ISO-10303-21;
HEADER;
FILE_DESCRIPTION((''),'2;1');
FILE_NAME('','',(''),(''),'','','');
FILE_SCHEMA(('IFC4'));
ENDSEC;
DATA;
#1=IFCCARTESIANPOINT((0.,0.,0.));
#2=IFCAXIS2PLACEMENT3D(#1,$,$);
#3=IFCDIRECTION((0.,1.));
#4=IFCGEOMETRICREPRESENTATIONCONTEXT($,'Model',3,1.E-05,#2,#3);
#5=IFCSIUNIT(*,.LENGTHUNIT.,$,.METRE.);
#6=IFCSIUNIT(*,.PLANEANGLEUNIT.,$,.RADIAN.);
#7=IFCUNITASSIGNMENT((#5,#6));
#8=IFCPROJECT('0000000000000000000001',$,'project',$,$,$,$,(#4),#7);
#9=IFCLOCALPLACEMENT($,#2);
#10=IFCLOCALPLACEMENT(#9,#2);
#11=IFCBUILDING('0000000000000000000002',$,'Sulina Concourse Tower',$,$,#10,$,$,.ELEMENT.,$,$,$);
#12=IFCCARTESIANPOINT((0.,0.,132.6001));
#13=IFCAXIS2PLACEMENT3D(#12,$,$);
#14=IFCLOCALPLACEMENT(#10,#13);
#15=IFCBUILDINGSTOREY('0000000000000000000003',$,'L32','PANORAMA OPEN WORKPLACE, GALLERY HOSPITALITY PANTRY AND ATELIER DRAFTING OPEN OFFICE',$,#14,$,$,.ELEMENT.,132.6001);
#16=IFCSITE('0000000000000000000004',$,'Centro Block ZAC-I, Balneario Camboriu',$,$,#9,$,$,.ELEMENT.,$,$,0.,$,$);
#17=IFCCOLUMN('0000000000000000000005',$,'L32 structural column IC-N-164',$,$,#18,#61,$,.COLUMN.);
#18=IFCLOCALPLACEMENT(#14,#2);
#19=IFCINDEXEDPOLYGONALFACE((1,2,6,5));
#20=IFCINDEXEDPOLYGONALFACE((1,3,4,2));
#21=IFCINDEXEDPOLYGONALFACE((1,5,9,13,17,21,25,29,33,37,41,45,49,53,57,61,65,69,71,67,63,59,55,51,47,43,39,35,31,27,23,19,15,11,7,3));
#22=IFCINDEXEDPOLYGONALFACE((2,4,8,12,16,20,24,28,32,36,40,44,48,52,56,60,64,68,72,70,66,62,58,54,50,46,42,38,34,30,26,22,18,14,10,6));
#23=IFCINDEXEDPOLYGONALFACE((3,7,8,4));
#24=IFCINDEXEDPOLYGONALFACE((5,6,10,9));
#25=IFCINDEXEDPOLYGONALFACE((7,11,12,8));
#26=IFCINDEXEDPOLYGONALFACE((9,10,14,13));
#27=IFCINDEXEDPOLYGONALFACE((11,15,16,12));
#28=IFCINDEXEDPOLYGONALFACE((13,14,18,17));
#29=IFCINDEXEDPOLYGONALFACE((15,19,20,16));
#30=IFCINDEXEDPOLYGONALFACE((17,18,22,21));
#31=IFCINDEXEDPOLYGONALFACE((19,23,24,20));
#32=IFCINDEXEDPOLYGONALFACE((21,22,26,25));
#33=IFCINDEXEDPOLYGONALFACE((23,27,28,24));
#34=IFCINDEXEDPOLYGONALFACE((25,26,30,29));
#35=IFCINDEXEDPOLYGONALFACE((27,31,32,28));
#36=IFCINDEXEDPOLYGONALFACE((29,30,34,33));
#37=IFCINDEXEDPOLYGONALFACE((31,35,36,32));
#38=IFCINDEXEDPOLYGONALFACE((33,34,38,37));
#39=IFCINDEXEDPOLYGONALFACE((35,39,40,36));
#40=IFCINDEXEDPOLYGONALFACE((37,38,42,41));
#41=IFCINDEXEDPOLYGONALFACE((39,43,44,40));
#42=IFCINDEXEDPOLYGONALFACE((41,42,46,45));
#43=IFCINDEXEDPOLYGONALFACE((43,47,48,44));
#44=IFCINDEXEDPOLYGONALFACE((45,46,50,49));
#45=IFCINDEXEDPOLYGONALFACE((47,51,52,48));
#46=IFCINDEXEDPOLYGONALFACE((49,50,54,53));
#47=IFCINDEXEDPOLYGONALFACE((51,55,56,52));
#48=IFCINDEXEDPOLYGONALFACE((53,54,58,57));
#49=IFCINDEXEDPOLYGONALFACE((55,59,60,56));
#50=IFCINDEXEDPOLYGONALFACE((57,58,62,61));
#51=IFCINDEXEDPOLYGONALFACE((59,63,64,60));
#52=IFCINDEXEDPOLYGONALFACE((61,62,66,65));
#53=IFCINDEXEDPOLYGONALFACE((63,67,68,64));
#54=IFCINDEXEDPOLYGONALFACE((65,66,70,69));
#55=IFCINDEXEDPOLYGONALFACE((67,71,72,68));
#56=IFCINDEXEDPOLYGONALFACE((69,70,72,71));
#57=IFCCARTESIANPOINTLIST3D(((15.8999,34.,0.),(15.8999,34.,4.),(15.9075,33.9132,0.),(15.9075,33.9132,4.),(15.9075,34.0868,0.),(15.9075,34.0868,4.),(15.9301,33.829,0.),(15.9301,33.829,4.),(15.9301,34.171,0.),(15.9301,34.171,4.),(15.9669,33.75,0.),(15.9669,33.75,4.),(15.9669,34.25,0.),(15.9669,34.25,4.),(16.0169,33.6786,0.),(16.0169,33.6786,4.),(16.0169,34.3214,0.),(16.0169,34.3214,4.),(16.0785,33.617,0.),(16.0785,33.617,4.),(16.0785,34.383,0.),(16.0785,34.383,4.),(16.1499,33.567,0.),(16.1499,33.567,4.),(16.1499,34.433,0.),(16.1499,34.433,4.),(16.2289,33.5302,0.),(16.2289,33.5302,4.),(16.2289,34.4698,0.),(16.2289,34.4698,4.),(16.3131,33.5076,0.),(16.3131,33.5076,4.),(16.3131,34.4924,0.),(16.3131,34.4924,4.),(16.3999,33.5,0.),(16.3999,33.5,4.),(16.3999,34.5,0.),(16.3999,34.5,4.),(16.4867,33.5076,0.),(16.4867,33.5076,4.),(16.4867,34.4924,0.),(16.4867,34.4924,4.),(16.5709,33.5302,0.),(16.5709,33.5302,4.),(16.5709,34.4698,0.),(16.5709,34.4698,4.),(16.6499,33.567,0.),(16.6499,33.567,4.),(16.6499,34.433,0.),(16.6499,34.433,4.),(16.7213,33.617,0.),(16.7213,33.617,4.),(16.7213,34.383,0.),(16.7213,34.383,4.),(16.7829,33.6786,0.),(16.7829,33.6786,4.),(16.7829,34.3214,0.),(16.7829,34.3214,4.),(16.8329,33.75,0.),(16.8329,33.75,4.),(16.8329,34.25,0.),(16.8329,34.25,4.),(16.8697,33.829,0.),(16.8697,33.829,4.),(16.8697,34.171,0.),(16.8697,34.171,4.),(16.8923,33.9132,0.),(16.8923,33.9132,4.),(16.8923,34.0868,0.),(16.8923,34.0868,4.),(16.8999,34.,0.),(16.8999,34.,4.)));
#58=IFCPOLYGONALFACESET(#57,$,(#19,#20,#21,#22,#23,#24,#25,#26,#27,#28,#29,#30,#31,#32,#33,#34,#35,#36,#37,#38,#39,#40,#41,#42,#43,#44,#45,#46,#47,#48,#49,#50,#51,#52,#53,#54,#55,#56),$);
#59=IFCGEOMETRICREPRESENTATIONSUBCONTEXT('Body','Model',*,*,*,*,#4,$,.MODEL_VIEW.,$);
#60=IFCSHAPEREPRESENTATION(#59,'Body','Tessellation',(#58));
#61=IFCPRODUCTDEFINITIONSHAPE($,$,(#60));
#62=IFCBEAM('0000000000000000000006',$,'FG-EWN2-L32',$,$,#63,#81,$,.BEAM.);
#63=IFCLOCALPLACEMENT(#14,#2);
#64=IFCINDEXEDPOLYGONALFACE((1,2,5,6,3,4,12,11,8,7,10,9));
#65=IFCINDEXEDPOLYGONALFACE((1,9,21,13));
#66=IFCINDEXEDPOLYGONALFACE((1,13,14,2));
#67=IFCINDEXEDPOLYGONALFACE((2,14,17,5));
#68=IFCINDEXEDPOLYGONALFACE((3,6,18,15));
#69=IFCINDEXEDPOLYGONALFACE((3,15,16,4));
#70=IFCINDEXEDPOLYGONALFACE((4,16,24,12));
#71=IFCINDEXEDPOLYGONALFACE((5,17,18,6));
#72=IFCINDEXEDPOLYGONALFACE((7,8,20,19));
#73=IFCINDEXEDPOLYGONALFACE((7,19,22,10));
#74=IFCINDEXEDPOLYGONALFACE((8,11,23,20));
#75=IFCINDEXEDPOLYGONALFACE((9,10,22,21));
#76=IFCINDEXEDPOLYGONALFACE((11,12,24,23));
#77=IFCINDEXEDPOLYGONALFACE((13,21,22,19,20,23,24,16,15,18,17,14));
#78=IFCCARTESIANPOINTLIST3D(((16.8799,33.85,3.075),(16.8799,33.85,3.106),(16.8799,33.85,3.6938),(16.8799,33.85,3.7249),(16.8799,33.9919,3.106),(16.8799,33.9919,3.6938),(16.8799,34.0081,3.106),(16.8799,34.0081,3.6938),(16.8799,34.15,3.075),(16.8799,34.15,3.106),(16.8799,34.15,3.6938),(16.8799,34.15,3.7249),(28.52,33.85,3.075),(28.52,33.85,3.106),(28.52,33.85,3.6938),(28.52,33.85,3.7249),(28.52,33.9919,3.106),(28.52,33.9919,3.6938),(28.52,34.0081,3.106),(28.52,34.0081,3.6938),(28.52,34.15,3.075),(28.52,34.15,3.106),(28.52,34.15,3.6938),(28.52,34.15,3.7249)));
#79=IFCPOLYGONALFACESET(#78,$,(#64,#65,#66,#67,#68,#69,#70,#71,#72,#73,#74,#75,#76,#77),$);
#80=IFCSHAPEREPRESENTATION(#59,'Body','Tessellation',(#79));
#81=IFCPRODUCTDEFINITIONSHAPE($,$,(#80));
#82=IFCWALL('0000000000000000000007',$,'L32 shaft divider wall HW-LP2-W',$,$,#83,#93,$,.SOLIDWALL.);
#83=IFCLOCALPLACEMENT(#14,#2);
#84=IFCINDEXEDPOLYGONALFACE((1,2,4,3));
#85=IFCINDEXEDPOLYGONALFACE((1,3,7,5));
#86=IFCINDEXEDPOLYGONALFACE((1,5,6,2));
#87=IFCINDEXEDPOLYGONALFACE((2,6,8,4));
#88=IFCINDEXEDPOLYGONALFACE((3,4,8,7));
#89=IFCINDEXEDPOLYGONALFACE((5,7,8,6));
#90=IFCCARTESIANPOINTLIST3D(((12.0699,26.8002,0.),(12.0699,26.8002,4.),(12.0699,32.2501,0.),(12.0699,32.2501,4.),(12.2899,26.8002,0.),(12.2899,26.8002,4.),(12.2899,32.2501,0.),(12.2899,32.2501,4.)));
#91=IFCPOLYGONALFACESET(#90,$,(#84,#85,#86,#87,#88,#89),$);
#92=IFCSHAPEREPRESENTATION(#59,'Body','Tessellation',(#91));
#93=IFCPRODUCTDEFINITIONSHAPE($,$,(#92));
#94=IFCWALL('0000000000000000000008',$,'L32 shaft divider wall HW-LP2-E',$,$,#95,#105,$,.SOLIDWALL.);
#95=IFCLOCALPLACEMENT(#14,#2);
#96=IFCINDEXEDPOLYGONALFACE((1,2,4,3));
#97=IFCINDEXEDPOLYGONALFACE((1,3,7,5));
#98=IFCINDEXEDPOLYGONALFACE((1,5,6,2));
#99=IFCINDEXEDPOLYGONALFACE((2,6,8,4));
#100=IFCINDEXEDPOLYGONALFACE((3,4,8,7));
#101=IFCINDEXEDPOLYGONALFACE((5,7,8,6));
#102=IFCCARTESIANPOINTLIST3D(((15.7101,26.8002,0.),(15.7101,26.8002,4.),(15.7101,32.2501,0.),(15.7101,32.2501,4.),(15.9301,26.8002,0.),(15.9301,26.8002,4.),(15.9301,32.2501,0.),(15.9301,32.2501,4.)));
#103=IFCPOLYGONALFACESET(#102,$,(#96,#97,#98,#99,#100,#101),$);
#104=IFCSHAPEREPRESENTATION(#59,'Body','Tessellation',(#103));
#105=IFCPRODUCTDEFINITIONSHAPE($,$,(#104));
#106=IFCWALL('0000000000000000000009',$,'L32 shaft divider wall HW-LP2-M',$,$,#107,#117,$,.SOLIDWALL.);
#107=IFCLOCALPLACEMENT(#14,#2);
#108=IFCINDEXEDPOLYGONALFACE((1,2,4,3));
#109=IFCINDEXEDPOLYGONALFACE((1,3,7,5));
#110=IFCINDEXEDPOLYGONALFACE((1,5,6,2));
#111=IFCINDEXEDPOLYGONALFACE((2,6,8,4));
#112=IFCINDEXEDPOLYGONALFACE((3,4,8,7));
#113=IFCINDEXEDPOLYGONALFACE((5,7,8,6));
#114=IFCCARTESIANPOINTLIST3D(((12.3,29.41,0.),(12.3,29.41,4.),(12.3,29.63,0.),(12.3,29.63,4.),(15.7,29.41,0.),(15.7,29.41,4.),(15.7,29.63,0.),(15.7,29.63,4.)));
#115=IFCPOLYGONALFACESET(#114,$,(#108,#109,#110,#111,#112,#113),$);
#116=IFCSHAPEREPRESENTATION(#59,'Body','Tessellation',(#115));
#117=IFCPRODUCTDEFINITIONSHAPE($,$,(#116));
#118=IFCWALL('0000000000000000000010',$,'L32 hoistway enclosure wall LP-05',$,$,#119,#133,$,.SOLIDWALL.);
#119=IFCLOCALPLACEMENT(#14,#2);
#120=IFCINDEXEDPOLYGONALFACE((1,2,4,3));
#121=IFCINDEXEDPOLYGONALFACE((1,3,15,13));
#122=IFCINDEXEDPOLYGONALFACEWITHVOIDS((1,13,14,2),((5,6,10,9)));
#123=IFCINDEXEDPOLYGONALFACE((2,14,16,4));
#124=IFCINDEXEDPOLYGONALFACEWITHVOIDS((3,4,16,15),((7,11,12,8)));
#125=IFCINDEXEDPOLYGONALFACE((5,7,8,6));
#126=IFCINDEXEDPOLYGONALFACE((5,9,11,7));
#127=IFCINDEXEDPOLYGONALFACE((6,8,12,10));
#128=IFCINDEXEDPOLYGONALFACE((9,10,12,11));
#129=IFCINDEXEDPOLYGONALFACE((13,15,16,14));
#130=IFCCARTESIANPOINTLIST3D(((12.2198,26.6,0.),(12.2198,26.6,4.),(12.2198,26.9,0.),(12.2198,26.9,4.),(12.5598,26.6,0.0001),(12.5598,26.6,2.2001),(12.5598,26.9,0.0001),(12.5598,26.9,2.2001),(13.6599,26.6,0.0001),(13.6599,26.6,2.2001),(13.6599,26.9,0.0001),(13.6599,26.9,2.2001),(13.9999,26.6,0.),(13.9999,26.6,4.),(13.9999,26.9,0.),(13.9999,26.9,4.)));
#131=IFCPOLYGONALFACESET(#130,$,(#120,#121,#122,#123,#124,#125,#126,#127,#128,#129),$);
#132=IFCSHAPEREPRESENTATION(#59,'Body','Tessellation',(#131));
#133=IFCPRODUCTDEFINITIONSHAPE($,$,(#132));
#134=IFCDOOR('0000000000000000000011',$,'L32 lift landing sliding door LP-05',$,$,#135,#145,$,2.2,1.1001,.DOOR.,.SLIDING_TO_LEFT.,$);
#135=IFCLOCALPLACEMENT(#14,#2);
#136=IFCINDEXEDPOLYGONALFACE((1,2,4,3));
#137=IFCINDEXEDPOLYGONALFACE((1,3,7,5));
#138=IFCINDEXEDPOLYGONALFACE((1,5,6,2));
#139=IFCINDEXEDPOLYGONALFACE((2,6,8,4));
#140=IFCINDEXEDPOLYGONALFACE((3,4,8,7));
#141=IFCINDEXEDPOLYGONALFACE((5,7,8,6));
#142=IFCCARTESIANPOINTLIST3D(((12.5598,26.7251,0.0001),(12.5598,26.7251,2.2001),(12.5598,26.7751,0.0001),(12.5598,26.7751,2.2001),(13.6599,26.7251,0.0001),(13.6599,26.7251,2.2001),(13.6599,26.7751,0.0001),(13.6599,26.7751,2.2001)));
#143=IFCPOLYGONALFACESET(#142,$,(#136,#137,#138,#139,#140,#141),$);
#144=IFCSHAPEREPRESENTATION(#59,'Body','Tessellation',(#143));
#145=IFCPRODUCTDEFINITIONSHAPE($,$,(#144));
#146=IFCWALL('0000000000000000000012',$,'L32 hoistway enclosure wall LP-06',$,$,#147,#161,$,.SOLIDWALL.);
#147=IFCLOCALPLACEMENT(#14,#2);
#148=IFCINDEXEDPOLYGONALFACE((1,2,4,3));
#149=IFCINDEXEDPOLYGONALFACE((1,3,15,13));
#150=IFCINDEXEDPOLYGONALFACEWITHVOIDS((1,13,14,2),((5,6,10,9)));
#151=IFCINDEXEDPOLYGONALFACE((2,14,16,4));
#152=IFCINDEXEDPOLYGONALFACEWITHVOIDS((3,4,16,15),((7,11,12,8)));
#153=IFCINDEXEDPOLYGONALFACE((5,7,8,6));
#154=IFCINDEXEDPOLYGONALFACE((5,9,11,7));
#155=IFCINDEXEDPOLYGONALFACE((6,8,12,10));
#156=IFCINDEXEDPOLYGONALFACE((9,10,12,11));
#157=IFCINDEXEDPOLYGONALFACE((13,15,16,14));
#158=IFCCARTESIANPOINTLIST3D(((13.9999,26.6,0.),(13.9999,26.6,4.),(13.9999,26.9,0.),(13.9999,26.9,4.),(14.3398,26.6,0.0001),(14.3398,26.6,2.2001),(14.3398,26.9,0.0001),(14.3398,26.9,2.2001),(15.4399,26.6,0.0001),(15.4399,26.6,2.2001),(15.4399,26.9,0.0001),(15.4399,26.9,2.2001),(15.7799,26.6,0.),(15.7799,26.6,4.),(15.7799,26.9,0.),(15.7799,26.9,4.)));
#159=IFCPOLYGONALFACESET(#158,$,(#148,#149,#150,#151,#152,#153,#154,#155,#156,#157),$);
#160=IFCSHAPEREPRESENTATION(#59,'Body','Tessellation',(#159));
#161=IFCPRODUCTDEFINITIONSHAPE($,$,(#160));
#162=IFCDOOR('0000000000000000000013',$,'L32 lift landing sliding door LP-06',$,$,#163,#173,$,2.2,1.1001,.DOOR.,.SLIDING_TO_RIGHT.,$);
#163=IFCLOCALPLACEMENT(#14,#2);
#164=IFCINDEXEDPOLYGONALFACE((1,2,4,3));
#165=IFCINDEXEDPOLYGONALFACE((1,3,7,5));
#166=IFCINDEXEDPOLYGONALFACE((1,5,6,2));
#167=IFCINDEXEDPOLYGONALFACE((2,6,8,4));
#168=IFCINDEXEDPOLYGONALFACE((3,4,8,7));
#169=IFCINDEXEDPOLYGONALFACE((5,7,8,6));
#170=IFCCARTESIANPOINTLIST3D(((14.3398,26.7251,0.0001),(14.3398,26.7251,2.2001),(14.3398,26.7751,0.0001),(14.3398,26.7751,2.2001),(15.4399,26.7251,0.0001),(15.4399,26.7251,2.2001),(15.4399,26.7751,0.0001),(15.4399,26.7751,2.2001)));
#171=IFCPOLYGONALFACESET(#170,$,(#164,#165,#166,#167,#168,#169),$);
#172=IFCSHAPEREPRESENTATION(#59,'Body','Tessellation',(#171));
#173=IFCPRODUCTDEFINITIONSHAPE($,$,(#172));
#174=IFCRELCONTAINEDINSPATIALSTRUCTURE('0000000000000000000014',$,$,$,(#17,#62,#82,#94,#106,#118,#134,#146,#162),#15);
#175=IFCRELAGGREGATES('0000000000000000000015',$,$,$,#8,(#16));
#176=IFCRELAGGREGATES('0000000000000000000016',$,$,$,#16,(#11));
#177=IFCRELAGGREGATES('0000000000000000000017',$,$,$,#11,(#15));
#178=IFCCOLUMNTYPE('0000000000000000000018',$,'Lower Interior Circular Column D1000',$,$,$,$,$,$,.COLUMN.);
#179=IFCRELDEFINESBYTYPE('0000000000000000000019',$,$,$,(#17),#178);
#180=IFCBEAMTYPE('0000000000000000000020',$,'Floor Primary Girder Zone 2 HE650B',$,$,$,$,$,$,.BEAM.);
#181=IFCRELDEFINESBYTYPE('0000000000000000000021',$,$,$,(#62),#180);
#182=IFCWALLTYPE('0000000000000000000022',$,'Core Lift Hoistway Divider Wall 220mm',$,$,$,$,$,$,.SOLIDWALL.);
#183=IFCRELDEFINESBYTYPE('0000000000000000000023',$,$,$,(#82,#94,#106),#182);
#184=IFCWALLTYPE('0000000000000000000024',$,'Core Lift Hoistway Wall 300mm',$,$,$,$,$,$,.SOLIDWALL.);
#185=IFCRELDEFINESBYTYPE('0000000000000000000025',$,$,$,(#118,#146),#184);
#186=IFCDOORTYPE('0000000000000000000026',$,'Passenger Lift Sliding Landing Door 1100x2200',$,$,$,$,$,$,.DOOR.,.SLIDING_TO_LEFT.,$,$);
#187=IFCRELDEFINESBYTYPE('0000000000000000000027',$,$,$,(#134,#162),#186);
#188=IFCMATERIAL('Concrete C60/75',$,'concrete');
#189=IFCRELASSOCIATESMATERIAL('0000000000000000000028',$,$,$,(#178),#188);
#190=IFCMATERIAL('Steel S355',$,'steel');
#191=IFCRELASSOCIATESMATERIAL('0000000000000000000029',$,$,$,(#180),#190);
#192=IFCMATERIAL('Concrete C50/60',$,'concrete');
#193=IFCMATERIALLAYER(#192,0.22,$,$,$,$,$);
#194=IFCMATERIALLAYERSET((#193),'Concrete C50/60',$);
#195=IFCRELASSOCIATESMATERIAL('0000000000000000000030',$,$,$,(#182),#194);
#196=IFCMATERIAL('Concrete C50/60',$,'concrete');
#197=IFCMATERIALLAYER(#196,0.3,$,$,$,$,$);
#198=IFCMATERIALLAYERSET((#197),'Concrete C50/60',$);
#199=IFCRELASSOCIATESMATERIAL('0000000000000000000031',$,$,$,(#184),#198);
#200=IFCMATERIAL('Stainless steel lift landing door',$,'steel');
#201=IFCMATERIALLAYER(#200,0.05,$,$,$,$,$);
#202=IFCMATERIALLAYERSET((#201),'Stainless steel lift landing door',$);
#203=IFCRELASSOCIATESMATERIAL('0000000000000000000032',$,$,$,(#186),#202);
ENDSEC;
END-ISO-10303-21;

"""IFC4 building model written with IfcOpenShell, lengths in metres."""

from ifc_helpers import new_model, si_unit, direction, frame, frame_2d, origin, origin_2d, place, context, subcontext, project, spatial, rectangle, circle, i_section, extrude, material, layer, layer_set, material_profile, profile_set, type_object, element, fill, save


model = new_model("IFC4")

# Units and contexts
model_context = context("Model", 3, precision=1e-05, world=origin(), true_north=direction((0.0, 1.0)))
body_context = subcontext(model_context, "Body", "Model", "MODEL_VIEW")
ifc_project = project(units=[si_unit("LENGTHUNIT", "METRE"), si_unit("PLANEANGLEUNIT", "RADIAN")], contexts=[model_context])

# Site, building, storey
site_placement = place(None, origin())
site = spatial("IfcSite", under=ifc_project, at=site_placement, Name="Centro Block ZAC-I, Balneario Camboriu", CompositionType="ELEMENT", RefElevation=0.0)
building_placement = place(site_placement, origin())
building = spatial("IfcBuilding", under=site, at=building_placement, Name="Sulina Concourse Tower", CompositionType="ELEMENT")
storey_placement = place(building_placement, frame((0.0, 0.0, 132.6001)))
storey = spatial("IfcBuildingStorey", under=building, at=storey_placement, Name="L32", Description="PANORAMA OPEN WORKPLACE, GALLERY HOSPITALITY PANTRY AND ATELIER DRAFTING OPEN OFFICE", CompositionType="ELEMENT", Elevation=132.6001)

# Column
ifc_material_1 = material(Name="Concrete C60/75", Category="concrete")
ifc_material_profile_1 = material_profile(ifc_material_1, circle(Radius=0.5, at=origin_2d()), Name="RC D1000")
ifc_profile_set_1 = profile_set([ifc_material_profile_1], Name="Concrete C60/75")
column_type = type_object("IfcColumnType", Name="Lower Interior Circular Column D1000", PredefinedType="COLUMN", material=ifc_profile_set_1)
column_placement = place(storey_placement, frame((16.3999, 34.0, 0.0), z_axis=(0.0, 0.0, 1.0), x_axis=(1.0, 0.0, 0.0)))
element("IfcColumn", 1, at=column_placement, inside=storey, type_object=column_type, Name="L32 structural column IC-N-164", PredefinedType="COLUMN", context=body_context, shape_type="SweptSolid", body=[
    extrude(circle(Radius=0.5, at=origin_2d()), origin(), (0.0, 0.0, 1.0), 4.0),
])

# Beam
ifc_material_2 = material(Name="Steel S355", Category="steel")
ifc_material_profile_2 = material_profile(ifc_material_2, i_section(OverallWidth=0.3, OverallDepth=0.6499, WebThickness=0.0161, FlangeThickness=0.031, at=origin_2d()), Name="HE 650 B")
ifc_profile_set_2 = profile_set([ifc_material_profile_2], Name="Steel S355")
beam_type = type_object("IfcBeamType", Name="Floor Primary Girder Zone 2 HE650B", PredefinedType="BEAM", material=ifc_profile_set_2)
beam_placement = place(storey_placement, frame((16.8799, 34.0, 3.3999), z_axis=(1.0, 0.0, 0.0), x_axis=(0.0, 1.0, 0.0)))
element("IfcBeam", 2, at=beam_placement, inside=storey, type_object=beam_type, Name="FG-EWN2-L32", PredefinedType="BEAM", context=body_context, shape_type="SweptSolid", body=[
    extrude(i_section(OverallWidth=0.3, OverallDepth=0.6499, WebThickness=0.0161, FlangeThickness=0.031, at=origin_2d()), origin(), (0.0, 0.0, 1.0), 11.6401),
])

# Walls
ifc_material_3 = material(Name="Concrete C50/60", Category="concrete")
ifc_layer_1 = layer(ifc_material_3, 0.22)
ifc_layer_set_1 = layer_set([ifc_layer_1], Name="Concrete C50/60")
wall_type_1 = type_object("IfcWallType", Name="Core Lift Hoistway Divider Wall 220mm", PredefinedType="SOLIDWALL", material=ifc_layer_set_1)
for number, where, z_axis, x_axis, name in (
    (3, (12.1799, 26.8, 0.0), (0.0, 0.0, 1.0), (0.0, 1.0, 0.0), "L32 shaft divider wall HW-LP2-W"),
    (4, (15.8201, 26.8, 0.0), (0.0, 0.0, 1.0), (0.0, 1.0, 0.0), "L32 shaft divider wall HW-LP2-E"),
):
    element("IfcWall", number, at=place(storey_placement, frame(where, z_axis=z_axis, x_axis=x_axis)), inside=storey, type_object=wall_type_1, Name=name, PredefinedType="SOLIDWALL", context=body_context, shape_type="SweptSolid", body=[
        extrude(rectangle(XDim=5.45, YDim=0.22, at=frame_2d((2.7251, 0.0))), origin(), (0.0, 0.0, 1.0), 4.0),
    ])
wall_1_placement = place(storey_placement, frame((12.3, 29.52, 0.0), z_axis=(0.0, 0.0, 1.0), x_axis=(1.0, 0.0, 0.0)))
element("IfcWall", 5, at=wall_1_placement, inside=storey, type_object=wall_type_1, Name="L32 shaft divider wall HW-LP2-M", PredefinedType="SOLIDWALL", context=body_context, shape_type="SweptSolid", body=[
    extrude(rectangle(XDim=3.3999, YDim=0.22, at=frame_2d((1.7, 0.0))), origin(), (0.0, 0.0, 1.0), 4.0),
])

# Walls, openings, doors
ifc_material_4 = material(Name="Concrete C50/60", Category="concrete")
ifc_layer_2 = layer(ifc_material_4, 0.3)
ifc_layer_set_2 = layer_set([ifc_layer_2], Name="Concrete C50/60")
wall_type_2 = type_object("IfcWallType", Name="Core Lift Hoistway Wall 300mm", PredefinedType="SOLIDWALL", material=ifc_layer_set_2)
wall_2_placement = place(storey_placement, frame((14.0, 26.75, 0.0), z_axis=(0.0, 0.0, 1.0), x_axis=(-1.0, 0.0, 0.0)))
wall_2 = element("IfcWall", 6, at=wall_2_placement, inside=storey, type_object=wall_type_2, Name="L32 hoistway enclosure wall LP-05", PredefinedType="SOLIDWALL", context=body_context, shape_type="SweptSolid", body=[
    extrude(rectangle(XDim=1.78, YDim=0.3, at=frame_2d((0.8901, 0.0))), origin(), (0.0, 0.0, 1.0), 4.0),
])
opening_1_placement = place(wall_2_placement, frame((0.3401, 0.0, 0.0)))
opening_1 = element("IfcOpeningElement", 7, at=opening_1_placement, cuts=wall_2, PredefinedType="OPENING", context=body_context, shape_type="SweptSolid", body=[
    extrude(rectangle(XDim=1.1001, YDim=2.2, at=frame_2d((0.55, 1.1001))), frame((0.0, 0.1599, 0.0), z_axis=(0.0, -1.0, 0.0), x_axis=(1.0, 0.0, 0.0)), (0.0, 0.0, 1.0), 0.3201),
])
ifc_material_5 = material(Name="Stainless steel lift landing door", Category="steel")
ifc_layer_3 = layer(ifc_material_5, 0.05)
ifc_layer_set_3 = layer_set([ifc_layer_3], Name="Stainless steel lift landing door")
door_type_1 = type_object("IfcDoorType", Name="Passenger Lift Sliding Landing Door 1100x2200", OperationType="SLIDING_TO_LEFT", PredefinedType="DOOR", material=ifc_layer_set_3)
door_1_placement = place(opening_1_placement, origin())
door_1 = element("IfcDoor", 8, at=door_1_placement, inside=storey, type_object=door_type_1, Name="L32 lift landing sliding door LP-05", OperationType="SLIDING_TO_LEFT", OverallHeight=2.2, OverallWidth=1.1001, PredefinedType="DOOR", context=body_context, shape_type="SweptSolid", body=[
    extrude(rectangle(XDim=1.1001, YDim=2.2, at=frame_2d((0.55, 1.1001))), frame((0.0, 0.0249, 0.0), z_axis=(0.0, -1.0, 0.0), x_axis=(1.0, 0.0, 0.0)), (0.0, 0.0, 1.0), 0.05),
])
fill(opening_1, door_1)
wall_3_placement = place(storey_placement, frame((15.78, 26.75, 0.0), z_axis=(0.0, 0.0, 1.0), x_axis=(-1.0, 0.0, 0.0)))
wall_3 = element("IfcWall", 9, at=wall_3_placement, inside=storey, type_object=wall_type_2, Name="L32 hoistway enclosure wall LP-06", PredefinedType="SOLIDWALL", context=body_context, shape_type="SweptSolid", body=[
    extrude(rectangle(XDim=1.78, YDim=0.3, at=frame_2d((0.8901, 0.0))), origin(), (0.0, 0.0, 1.0), 4.0),
])
opening_2_placement = place(wall_3_placement, frame((0.3401, 0.0, 0.0)))
opening_2 = element("IfcOpeningElement", 10, at=opening_2_placement, cuts=wall_3, PredefinedType="OPENING", context=body_context, shape_type="SweptSolid", body=[
    extrude(rectangle(XDim=1.1001, YDim=2.2, at=frame_2d((0.55, 1.1001))), frame((0.0, 0.1599, 0.0), z_axis=(0.0, -1.0, 0.0), x_axis=(1.0, 0.0, 0.0)), (0.0, 0.0, 1.0), 0.3201),
])
door_2_placement = place(opening_2_placement, origin())
door_2 = element("IfcDoor", 11, at=door_2_placement, inside=storey, type_object=door_type_1, Name="L32 lift landing sliding door LP-06", OperationType="SLIDING_TO_RIGHT", OverallHeight=2.2, OverallWidth=1.1001, PredefinedType="DOOR", context=body_context, shape_type="SweptSolid", body=[
    extrude(rectangle(XDim=1.1001, YDim=2.2, at=frame_2d((0.55, 1.1001))), frame((0.0, 0.0249, 0.0), z_axis=(0.0, -1.0, 0.0), x_axis=(1.0, 0.0, 0.0)), (0.0, 0.0, 1.0), 0.05),
])
fill(opening_2, door_2)

save(model, "model.ifc")
